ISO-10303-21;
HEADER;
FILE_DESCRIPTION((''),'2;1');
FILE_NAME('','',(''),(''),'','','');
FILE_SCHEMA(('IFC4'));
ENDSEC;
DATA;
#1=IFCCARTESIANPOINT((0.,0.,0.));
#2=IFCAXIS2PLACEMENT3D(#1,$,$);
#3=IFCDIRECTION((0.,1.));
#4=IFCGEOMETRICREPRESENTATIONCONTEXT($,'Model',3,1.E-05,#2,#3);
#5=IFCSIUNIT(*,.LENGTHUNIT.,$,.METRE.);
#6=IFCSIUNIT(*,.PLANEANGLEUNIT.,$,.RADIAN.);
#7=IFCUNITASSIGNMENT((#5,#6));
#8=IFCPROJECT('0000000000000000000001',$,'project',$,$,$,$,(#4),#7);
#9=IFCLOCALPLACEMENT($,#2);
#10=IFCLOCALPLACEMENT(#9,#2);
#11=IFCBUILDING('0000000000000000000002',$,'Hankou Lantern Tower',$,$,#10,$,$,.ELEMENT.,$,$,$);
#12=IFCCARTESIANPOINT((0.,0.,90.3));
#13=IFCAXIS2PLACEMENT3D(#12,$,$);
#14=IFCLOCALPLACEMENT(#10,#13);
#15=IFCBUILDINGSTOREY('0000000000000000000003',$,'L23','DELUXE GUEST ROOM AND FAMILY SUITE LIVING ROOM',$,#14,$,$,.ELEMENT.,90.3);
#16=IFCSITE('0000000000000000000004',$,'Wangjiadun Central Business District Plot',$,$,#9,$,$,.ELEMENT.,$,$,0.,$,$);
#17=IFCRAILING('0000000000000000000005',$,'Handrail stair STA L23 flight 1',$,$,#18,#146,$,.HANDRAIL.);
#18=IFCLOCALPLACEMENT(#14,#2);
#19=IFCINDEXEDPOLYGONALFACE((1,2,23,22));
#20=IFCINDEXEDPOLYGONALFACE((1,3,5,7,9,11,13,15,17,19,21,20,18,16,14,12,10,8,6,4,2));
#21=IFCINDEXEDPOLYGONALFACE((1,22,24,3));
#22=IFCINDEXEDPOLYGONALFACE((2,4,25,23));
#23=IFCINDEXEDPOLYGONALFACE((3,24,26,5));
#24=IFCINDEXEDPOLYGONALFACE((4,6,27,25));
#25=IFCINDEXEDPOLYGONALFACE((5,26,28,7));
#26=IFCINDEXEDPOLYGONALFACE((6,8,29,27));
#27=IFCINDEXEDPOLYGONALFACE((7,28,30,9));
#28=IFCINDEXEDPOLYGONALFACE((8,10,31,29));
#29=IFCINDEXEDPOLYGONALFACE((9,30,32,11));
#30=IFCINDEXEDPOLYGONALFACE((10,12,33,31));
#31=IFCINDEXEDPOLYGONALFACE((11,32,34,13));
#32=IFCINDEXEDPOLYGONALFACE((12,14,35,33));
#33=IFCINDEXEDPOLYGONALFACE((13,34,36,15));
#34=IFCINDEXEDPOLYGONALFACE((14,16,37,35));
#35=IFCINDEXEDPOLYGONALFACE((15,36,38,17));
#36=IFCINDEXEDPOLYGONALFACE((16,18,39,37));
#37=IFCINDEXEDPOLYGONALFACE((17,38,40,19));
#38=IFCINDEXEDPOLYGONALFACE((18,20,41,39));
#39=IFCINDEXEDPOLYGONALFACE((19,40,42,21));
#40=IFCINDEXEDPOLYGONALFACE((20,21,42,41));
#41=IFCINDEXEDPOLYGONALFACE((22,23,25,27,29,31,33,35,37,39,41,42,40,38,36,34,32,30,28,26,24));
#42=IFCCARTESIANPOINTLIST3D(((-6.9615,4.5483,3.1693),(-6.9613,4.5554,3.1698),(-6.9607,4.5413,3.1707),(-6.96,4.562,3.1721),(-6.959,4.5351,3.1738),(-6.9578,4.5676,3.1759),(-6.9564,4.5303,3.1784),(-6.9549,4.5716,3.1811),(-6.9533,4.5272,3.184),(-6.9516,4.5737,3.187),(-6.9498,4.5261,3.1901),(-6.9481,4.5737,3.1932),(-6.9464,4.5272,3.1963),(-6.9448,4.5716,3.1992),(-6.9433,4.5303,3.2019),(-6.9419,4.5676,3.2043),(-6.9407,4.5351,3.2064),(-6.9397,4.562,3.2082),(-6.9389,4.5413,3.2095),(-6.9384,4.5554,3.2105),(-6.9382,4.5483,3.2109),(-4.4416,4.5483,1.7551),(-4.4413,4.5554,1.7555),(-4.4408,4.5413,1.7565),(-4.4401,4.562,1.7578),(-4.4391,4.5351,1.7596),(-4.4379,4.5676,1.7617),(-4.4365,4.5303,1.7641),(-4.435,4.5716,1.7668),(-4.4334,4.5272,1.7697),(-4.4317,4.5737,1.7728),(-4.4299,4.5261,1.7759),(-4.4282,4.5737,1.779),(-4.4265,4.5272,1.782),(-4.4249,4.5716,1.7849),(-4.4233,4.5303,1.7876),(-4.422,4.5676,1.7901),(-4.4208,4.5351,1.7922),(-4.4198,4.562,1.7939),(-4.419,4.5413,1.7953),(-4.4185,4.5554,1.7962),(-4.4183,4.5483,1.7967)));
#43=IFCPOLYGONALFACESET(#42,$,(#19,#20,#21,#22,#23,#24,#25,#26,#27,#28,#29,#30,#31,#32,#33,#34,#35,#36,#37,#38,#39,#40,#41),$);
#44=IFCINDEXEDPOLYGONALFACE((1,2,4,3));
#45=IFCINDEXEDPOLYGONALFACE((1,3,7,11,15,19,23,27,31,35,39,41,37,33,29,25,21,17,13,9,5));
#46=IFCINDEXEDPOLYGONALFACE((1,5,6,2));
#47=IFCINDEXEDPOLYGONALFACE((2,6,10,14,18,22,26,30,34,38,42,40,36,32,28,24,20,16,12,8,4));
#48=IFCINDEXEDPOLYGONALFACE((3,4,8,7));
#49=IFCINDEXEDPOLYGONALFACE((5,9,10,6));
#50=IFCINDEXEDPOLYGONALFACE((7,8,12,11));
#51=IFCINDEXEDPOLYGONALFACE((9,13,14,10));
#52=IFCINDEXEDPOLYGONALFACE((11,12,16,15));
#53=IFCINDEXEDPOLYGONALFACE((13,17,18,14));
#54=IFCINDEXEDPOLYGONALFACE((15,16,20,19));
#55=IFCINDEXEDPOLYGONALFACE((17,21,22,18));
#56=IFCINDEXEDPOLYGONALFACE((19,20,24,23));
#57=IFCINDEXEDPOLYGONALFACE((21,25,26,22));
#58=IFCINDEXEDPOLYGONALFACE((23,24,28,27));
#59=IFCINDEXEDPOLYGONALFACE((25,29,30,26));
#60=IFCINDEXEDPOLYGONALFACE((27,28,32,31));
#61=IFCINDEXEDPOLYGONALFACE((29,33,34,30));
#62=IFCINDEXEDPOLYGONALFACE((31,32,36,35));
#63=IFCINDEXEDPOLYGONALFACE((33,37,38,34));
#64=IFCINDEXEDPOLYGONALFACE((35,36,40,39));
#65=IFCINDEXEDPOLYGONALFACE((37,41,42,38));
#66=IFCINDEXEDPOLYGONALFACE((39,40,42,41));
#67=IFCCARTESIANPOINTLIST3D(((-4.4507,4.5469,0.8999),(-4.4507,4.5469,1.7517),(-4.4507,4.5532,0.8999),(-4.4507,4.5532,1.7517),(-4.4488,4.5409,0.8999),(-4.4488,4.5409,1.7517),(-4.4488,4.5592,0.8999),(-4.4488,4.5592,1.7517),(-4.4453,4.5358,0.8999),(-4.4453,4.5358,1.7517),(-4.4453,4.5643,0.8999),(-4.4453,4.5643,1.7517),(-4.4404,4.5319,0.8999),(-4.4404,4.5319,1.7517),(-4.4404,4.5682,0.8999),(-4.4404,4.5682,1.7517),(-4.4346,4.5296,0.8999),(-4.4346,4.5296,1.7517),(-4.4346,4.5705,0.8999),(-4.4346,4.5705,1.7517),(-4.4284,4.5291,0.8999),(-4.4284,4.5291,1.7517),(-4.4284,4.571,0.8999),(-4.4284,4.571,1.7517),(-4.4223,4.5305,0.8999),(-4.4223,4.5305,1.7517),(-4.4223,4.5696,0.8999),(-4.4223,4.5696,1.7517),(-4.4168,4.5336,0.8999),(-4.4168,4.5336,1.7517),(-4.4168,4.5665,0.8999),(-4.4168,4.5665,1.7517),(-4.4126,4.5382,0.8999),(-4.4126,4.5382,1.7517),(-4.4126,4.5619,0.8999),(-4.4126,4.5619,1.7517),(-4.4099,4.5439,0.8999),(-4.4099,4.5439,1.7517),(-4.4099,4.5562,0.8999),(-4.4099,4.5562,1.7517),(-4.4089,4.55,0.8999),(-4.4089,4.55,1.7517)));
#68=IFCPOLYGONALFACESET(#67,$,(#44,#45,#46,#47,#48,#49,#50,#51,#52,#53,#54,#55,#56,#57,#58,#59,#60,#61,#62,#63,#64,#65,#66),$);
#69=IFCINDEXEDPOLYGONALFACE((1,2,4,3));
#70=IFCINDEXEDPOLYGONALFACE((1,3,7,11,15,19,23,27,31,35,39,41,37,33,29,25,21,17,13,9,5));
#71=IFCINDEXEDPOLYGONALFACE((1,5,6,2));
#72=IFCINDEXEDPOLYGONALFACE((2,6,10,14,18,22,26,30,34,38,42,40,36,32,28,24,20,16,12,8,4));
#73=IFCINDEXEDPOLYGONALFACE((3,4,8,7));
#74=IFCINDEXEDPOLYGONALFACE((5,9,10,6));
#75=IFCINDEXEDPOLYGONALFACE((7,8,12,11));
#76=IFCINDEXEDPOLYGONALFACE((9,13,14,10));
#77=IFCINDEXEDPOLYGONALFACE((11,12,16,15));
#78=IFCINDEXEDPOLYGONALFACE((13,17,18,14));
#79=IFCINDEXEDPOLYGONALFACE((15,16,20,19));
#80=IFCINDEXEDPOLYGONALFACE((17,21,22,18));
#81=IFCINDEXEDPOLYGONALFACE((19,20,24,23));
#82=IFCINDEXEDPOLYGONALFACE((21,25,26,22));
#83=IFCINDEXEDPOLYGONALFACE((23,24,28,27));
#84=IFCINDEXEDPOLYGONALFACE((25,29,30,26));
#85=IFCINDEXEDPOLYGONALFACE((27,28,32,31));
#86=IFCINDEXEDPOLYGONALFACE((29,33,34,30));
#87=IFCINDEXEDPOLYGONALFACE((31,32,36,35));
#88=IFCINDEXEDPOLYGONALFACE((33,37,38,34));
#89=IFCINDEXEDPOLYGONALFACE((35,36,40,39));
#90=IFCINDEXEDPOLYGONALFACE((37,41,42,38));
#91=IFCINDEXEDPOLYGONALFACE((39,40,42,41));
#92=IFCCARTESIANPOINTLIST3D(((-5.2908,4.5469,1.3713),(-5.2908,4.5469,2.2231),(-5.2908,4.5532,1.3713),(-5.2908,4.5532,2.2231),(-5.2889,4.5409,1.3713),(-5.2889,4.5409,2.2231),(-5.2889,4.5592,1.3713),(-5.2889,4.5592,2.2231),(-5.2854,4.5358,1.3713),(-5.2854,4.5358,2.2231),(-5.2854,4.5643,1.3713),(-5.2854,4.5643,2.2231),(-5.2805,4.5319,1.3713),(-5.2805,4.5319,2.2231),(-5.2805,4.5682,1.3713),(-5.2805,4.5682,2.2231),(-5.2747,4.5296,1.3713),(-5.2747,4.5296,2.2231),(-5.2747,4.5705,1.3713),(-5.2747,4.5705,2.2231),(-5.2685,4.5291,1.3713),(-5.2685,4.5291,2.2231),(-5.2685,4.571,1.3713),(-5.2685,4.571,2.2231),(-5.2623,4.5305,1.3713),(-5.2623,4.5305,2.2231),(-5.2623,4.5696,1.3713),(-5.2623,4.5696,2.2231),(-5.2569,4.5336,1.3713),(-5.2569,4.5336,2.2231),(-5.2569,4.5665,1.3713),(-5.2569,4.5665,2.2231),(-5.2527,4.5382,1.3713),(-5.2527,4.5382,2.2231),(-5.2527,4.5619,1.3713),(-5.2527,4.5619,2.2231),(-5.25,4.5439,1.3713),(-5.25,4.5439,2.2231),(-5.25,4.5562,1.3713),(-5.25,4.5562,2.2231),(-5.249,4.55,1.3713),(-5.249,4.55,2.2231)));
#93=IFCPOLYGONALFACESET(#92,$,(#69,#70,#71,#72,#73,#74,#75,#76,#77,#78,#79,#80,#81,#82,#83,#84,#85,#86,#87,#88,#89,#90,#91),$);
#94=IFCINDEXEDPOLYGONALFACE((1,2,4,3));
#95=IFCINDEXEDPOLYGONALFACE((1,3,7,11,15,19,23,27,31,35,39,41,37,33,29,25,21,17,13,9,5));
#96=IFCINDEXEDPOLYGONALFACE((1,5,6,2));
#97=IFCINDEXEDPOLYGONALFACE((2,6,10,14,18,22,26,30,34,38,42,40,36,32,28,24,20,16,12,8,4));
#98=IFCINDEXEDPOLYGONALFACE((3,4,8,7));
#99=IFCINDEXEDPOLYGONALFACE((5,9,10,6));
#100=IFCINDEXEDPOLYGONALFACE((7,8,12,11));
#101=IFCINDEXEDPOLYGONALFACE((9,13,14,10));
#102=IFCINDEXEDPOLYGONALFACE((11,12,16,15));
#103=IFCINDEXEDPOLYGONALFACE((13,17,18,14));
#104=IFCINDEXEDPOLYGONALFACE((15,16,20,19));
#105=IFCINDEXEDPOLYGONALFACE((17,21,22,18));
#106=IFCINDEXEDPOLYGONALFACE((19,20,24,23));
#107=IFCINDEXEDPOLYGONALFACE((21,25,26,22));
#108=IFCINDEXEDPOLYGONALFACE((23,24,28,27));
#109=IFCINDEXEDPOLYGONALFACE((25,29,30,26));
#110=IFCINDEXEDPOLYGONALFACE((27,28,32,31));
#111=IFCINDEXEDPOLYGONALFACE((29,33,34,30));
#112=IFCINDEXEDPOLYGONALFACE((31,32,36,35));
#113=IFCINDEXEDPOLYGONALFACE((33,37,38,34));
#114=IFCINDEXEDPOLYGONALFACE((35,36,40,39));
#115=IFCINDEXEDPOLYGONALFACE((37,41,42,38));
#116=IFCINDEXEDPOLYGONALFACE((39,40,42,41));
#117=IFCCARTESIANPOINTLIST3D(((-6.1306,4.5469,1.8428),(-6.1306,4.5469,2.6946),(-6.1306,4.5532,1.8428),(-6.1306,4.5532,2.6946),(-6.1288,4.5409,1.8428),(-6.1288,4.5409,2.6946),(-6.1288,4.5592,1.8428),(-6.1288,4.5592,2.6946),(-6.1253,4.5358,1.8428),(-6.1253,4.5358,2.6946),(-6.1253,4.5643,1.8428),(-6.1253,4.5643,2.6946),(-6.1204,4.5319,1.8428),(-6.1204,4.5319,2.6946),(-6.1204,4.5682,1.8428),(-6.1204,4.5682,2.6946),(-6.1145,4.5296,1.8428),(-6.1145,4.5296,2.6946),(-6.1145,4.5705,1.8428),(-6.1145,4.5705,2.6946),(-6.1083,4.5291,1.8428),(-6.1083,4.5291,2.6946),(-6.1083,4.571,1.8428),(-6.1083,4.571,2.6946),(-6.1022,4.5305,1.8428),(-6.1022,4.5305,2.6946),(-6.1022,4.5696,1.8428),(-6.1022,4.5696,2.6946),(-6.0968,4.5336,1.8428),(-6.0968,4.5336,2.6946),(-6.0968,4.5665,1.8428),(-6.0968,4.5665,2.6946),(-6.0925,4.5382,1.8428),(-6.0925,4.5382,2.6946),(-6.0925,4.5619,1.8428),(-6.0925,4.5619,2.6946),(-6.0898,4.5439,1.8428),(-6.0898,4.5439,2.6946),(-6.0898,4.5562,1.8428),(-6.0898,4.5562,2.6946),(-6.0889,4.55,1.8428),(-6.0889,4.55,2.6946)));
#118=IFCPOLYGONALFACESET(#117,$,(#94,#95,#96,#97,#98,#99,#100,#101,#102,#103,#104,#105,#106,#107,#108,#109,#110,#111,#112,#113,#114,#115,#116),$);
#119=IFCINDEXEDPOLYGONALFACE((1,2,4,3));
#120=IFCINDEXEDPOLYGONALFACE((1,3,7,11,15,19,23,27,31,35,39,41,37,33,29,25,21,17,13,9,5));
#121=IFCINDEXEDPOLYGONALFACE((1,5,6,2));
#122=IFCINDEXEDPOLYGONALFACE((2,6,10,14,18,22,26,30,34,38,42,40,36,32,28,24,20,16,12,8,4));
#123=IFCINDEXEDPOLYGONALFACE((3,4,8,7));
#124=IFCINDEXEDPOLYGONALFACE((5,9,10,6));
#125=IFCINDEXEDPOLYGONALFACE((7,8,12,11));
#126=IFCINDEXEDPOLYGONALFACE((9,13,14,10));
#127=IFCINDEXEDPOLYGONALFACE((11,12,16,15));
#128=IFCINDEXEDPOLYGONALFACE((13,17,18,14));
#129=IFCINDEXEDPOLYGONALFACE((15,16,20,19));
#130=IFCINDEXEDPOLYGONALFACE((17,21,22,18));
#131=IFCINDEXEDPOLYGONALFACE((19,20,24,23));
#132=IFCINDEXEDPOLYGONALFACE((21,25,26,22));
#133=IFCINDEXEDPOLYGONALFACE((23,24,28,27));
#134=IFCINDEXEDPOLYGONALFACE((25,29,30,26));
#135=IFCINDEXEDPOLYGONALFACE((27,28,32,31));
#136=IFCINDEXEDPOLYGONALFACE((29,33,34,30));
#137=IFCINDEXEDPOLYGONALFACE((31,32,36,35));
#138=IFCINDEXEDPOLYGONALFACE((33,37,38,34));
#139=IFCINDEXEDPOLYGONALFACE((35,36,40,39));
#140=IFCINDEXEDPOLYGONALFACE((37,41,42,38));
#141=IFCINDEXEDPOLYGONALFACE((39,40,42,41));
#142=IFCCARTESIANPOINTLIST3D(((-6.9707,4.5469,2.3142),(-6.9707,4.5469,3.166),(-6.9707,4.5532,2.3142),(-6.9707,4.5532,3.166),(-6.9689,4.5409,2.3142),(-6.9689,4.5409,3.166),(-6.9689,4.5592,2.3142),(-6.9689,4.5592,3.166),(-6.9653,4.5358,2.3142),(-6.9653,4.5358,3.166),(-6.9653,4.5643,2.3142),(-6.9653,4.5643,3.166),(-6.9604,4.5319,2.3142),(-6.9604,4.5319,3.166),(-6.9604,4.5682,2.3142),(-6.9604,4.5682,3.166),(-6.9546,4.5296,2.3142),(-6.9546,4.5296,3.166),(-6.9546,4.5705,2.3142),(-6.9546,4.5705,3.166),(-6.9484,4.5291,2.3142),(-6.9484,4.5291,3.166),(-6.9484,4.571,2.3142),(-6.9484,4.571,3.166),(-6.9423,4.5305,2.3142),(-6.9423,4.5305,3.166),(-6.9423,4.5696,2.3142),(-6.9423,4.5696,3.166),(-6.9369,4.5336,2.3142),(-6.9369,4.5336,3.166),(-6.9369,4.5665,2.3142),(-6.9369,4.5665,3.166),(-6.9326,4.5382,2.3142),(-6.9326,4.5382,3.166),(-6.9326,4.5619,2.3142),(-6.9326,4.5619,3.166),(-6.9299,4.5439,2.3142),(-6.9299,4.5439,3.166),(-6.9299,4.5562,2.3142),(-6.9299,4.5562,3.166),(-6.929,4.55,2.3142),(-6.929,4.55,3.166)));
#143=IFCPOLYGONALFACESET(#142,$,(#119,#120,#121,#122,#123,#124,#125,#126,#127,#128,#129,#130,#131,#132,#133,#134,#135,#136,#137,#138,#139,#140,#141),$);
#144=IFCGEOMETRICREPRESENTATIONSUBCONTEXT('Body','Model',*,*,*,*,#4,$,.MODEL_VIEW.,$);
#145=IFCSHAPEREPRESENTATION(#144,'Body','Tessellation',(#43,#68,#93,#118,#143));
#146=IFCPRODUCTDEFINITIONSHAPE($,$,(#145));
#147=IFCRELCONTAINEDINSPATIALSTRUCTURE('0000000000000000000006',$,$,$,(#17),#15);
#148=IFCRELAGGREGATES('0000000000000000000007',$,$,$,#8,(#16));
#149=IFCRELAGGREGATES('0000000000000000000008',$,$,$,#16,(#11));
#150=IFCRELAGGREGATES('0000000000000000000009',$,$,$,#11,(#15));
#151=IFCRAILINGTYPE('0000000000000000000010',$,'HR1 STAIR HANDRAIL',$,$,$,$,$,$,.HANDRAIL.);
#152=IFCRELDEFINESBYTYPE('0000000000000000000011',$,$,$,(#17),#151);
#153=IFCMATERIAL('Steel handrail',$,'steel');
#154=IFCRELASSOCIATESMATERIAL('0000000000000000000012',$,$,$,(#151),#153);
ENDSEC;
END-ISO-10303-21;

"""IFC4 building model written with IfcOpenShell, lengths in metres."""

from ifc_helpers import new_model, si_unit, direction, frame, origin, origin_2d, place, context, subcontext, project, spatial, circle, extrude, material, type_object, element, save


model = new_model("IFC4")

# Units and contexts
model_context = context("Model", 3, precision=1e-05, world=origin(), true_north=direction((0.0, 1.0)))
body_context = subcontext(model_context, "Body", "Model", "MODEL_VIEW")
ifc_project = project(units=[si_unit("LENGTHUNIT", "METRE"), si_unit("PLANEANGLEUNIT", "RADIAN")], contexts=[model_context])

# Site, building, storey
site_placement = place(None, origin())
site = spatial("IfcSite", under=ifc_project, at=site_placement, Name="Wangjiadun Central Business District Plot", CompositionType="ELEMENT", RefElevation=0.0)
building_placement = place(site_placement, origin())
building = spatial("IfcBuilding", under=site, at=building_placement, Name="Hankou Lantern Tower", CompositionType="ELEMENT")
storey_placement = place(building_placement, frame((0.0, 0.0, 90.3)))
storey = spatial("IfcBuildingStorey", under=building, at=storey_placement, Name="L23", Description="DELUXE GUEST ROOM AND FAMILY SUITE LIVING ROOM", CompositionType="ELEMENT", Elevation=90.3)

# Railing
ifc_material_1 = material(Name="Steel handrail", Category="steel")
railing_type = type_object("IfcRailingType", Name="HR1 STAIR HANDRAIL", PredefinedType="HANDRAIL", material=ifc_material_1)
railing_placement = place(storey_placement, frame((-4.4299, 4.55, 0.8999)))
element("IfcRailing", 1, at=railing_placement, inside=storey, type_object=railing_type, Name="Handrail stair STA L23 flight 1", PredefinedType="HANDRAIL", context=body_context, shape_type="SweptSolid", body=[
    extrude(circle(Radius=0.0239, at=origin_2d()), frame((0.0, 0.0, 0.876), z_axis=(-0.872049, 0.0, 0.489419), x_axis=(0.0, -1.0, 0.0)), (0.0, 0.0, 1.0), 2.8896),
    extrude(circle(Radius=0.021, at=origin_2d()), origin(), (0.0, 0.0, 1.0), 0.8518),
    extrude(circle(Radius=0.021, at=origin_2d()), frame((-0.8401, 0.0, 0.4714)), (0.0, 0.0, 1.0), 0.8518),
    extrude(circle(Radius=0.021, at=origin_2d()), frame((-1.6799, 0.0, 0.9429)), (0.0, 0.0, 1.0), 0.8518),
    extrude(circle(Radius=0.021, at=origin_2d()), frame((-2.52, 0.0, 1.4143)), (0.0, 0.0, 1.0), 0.8518),
])

save(model, "model.ifc")
